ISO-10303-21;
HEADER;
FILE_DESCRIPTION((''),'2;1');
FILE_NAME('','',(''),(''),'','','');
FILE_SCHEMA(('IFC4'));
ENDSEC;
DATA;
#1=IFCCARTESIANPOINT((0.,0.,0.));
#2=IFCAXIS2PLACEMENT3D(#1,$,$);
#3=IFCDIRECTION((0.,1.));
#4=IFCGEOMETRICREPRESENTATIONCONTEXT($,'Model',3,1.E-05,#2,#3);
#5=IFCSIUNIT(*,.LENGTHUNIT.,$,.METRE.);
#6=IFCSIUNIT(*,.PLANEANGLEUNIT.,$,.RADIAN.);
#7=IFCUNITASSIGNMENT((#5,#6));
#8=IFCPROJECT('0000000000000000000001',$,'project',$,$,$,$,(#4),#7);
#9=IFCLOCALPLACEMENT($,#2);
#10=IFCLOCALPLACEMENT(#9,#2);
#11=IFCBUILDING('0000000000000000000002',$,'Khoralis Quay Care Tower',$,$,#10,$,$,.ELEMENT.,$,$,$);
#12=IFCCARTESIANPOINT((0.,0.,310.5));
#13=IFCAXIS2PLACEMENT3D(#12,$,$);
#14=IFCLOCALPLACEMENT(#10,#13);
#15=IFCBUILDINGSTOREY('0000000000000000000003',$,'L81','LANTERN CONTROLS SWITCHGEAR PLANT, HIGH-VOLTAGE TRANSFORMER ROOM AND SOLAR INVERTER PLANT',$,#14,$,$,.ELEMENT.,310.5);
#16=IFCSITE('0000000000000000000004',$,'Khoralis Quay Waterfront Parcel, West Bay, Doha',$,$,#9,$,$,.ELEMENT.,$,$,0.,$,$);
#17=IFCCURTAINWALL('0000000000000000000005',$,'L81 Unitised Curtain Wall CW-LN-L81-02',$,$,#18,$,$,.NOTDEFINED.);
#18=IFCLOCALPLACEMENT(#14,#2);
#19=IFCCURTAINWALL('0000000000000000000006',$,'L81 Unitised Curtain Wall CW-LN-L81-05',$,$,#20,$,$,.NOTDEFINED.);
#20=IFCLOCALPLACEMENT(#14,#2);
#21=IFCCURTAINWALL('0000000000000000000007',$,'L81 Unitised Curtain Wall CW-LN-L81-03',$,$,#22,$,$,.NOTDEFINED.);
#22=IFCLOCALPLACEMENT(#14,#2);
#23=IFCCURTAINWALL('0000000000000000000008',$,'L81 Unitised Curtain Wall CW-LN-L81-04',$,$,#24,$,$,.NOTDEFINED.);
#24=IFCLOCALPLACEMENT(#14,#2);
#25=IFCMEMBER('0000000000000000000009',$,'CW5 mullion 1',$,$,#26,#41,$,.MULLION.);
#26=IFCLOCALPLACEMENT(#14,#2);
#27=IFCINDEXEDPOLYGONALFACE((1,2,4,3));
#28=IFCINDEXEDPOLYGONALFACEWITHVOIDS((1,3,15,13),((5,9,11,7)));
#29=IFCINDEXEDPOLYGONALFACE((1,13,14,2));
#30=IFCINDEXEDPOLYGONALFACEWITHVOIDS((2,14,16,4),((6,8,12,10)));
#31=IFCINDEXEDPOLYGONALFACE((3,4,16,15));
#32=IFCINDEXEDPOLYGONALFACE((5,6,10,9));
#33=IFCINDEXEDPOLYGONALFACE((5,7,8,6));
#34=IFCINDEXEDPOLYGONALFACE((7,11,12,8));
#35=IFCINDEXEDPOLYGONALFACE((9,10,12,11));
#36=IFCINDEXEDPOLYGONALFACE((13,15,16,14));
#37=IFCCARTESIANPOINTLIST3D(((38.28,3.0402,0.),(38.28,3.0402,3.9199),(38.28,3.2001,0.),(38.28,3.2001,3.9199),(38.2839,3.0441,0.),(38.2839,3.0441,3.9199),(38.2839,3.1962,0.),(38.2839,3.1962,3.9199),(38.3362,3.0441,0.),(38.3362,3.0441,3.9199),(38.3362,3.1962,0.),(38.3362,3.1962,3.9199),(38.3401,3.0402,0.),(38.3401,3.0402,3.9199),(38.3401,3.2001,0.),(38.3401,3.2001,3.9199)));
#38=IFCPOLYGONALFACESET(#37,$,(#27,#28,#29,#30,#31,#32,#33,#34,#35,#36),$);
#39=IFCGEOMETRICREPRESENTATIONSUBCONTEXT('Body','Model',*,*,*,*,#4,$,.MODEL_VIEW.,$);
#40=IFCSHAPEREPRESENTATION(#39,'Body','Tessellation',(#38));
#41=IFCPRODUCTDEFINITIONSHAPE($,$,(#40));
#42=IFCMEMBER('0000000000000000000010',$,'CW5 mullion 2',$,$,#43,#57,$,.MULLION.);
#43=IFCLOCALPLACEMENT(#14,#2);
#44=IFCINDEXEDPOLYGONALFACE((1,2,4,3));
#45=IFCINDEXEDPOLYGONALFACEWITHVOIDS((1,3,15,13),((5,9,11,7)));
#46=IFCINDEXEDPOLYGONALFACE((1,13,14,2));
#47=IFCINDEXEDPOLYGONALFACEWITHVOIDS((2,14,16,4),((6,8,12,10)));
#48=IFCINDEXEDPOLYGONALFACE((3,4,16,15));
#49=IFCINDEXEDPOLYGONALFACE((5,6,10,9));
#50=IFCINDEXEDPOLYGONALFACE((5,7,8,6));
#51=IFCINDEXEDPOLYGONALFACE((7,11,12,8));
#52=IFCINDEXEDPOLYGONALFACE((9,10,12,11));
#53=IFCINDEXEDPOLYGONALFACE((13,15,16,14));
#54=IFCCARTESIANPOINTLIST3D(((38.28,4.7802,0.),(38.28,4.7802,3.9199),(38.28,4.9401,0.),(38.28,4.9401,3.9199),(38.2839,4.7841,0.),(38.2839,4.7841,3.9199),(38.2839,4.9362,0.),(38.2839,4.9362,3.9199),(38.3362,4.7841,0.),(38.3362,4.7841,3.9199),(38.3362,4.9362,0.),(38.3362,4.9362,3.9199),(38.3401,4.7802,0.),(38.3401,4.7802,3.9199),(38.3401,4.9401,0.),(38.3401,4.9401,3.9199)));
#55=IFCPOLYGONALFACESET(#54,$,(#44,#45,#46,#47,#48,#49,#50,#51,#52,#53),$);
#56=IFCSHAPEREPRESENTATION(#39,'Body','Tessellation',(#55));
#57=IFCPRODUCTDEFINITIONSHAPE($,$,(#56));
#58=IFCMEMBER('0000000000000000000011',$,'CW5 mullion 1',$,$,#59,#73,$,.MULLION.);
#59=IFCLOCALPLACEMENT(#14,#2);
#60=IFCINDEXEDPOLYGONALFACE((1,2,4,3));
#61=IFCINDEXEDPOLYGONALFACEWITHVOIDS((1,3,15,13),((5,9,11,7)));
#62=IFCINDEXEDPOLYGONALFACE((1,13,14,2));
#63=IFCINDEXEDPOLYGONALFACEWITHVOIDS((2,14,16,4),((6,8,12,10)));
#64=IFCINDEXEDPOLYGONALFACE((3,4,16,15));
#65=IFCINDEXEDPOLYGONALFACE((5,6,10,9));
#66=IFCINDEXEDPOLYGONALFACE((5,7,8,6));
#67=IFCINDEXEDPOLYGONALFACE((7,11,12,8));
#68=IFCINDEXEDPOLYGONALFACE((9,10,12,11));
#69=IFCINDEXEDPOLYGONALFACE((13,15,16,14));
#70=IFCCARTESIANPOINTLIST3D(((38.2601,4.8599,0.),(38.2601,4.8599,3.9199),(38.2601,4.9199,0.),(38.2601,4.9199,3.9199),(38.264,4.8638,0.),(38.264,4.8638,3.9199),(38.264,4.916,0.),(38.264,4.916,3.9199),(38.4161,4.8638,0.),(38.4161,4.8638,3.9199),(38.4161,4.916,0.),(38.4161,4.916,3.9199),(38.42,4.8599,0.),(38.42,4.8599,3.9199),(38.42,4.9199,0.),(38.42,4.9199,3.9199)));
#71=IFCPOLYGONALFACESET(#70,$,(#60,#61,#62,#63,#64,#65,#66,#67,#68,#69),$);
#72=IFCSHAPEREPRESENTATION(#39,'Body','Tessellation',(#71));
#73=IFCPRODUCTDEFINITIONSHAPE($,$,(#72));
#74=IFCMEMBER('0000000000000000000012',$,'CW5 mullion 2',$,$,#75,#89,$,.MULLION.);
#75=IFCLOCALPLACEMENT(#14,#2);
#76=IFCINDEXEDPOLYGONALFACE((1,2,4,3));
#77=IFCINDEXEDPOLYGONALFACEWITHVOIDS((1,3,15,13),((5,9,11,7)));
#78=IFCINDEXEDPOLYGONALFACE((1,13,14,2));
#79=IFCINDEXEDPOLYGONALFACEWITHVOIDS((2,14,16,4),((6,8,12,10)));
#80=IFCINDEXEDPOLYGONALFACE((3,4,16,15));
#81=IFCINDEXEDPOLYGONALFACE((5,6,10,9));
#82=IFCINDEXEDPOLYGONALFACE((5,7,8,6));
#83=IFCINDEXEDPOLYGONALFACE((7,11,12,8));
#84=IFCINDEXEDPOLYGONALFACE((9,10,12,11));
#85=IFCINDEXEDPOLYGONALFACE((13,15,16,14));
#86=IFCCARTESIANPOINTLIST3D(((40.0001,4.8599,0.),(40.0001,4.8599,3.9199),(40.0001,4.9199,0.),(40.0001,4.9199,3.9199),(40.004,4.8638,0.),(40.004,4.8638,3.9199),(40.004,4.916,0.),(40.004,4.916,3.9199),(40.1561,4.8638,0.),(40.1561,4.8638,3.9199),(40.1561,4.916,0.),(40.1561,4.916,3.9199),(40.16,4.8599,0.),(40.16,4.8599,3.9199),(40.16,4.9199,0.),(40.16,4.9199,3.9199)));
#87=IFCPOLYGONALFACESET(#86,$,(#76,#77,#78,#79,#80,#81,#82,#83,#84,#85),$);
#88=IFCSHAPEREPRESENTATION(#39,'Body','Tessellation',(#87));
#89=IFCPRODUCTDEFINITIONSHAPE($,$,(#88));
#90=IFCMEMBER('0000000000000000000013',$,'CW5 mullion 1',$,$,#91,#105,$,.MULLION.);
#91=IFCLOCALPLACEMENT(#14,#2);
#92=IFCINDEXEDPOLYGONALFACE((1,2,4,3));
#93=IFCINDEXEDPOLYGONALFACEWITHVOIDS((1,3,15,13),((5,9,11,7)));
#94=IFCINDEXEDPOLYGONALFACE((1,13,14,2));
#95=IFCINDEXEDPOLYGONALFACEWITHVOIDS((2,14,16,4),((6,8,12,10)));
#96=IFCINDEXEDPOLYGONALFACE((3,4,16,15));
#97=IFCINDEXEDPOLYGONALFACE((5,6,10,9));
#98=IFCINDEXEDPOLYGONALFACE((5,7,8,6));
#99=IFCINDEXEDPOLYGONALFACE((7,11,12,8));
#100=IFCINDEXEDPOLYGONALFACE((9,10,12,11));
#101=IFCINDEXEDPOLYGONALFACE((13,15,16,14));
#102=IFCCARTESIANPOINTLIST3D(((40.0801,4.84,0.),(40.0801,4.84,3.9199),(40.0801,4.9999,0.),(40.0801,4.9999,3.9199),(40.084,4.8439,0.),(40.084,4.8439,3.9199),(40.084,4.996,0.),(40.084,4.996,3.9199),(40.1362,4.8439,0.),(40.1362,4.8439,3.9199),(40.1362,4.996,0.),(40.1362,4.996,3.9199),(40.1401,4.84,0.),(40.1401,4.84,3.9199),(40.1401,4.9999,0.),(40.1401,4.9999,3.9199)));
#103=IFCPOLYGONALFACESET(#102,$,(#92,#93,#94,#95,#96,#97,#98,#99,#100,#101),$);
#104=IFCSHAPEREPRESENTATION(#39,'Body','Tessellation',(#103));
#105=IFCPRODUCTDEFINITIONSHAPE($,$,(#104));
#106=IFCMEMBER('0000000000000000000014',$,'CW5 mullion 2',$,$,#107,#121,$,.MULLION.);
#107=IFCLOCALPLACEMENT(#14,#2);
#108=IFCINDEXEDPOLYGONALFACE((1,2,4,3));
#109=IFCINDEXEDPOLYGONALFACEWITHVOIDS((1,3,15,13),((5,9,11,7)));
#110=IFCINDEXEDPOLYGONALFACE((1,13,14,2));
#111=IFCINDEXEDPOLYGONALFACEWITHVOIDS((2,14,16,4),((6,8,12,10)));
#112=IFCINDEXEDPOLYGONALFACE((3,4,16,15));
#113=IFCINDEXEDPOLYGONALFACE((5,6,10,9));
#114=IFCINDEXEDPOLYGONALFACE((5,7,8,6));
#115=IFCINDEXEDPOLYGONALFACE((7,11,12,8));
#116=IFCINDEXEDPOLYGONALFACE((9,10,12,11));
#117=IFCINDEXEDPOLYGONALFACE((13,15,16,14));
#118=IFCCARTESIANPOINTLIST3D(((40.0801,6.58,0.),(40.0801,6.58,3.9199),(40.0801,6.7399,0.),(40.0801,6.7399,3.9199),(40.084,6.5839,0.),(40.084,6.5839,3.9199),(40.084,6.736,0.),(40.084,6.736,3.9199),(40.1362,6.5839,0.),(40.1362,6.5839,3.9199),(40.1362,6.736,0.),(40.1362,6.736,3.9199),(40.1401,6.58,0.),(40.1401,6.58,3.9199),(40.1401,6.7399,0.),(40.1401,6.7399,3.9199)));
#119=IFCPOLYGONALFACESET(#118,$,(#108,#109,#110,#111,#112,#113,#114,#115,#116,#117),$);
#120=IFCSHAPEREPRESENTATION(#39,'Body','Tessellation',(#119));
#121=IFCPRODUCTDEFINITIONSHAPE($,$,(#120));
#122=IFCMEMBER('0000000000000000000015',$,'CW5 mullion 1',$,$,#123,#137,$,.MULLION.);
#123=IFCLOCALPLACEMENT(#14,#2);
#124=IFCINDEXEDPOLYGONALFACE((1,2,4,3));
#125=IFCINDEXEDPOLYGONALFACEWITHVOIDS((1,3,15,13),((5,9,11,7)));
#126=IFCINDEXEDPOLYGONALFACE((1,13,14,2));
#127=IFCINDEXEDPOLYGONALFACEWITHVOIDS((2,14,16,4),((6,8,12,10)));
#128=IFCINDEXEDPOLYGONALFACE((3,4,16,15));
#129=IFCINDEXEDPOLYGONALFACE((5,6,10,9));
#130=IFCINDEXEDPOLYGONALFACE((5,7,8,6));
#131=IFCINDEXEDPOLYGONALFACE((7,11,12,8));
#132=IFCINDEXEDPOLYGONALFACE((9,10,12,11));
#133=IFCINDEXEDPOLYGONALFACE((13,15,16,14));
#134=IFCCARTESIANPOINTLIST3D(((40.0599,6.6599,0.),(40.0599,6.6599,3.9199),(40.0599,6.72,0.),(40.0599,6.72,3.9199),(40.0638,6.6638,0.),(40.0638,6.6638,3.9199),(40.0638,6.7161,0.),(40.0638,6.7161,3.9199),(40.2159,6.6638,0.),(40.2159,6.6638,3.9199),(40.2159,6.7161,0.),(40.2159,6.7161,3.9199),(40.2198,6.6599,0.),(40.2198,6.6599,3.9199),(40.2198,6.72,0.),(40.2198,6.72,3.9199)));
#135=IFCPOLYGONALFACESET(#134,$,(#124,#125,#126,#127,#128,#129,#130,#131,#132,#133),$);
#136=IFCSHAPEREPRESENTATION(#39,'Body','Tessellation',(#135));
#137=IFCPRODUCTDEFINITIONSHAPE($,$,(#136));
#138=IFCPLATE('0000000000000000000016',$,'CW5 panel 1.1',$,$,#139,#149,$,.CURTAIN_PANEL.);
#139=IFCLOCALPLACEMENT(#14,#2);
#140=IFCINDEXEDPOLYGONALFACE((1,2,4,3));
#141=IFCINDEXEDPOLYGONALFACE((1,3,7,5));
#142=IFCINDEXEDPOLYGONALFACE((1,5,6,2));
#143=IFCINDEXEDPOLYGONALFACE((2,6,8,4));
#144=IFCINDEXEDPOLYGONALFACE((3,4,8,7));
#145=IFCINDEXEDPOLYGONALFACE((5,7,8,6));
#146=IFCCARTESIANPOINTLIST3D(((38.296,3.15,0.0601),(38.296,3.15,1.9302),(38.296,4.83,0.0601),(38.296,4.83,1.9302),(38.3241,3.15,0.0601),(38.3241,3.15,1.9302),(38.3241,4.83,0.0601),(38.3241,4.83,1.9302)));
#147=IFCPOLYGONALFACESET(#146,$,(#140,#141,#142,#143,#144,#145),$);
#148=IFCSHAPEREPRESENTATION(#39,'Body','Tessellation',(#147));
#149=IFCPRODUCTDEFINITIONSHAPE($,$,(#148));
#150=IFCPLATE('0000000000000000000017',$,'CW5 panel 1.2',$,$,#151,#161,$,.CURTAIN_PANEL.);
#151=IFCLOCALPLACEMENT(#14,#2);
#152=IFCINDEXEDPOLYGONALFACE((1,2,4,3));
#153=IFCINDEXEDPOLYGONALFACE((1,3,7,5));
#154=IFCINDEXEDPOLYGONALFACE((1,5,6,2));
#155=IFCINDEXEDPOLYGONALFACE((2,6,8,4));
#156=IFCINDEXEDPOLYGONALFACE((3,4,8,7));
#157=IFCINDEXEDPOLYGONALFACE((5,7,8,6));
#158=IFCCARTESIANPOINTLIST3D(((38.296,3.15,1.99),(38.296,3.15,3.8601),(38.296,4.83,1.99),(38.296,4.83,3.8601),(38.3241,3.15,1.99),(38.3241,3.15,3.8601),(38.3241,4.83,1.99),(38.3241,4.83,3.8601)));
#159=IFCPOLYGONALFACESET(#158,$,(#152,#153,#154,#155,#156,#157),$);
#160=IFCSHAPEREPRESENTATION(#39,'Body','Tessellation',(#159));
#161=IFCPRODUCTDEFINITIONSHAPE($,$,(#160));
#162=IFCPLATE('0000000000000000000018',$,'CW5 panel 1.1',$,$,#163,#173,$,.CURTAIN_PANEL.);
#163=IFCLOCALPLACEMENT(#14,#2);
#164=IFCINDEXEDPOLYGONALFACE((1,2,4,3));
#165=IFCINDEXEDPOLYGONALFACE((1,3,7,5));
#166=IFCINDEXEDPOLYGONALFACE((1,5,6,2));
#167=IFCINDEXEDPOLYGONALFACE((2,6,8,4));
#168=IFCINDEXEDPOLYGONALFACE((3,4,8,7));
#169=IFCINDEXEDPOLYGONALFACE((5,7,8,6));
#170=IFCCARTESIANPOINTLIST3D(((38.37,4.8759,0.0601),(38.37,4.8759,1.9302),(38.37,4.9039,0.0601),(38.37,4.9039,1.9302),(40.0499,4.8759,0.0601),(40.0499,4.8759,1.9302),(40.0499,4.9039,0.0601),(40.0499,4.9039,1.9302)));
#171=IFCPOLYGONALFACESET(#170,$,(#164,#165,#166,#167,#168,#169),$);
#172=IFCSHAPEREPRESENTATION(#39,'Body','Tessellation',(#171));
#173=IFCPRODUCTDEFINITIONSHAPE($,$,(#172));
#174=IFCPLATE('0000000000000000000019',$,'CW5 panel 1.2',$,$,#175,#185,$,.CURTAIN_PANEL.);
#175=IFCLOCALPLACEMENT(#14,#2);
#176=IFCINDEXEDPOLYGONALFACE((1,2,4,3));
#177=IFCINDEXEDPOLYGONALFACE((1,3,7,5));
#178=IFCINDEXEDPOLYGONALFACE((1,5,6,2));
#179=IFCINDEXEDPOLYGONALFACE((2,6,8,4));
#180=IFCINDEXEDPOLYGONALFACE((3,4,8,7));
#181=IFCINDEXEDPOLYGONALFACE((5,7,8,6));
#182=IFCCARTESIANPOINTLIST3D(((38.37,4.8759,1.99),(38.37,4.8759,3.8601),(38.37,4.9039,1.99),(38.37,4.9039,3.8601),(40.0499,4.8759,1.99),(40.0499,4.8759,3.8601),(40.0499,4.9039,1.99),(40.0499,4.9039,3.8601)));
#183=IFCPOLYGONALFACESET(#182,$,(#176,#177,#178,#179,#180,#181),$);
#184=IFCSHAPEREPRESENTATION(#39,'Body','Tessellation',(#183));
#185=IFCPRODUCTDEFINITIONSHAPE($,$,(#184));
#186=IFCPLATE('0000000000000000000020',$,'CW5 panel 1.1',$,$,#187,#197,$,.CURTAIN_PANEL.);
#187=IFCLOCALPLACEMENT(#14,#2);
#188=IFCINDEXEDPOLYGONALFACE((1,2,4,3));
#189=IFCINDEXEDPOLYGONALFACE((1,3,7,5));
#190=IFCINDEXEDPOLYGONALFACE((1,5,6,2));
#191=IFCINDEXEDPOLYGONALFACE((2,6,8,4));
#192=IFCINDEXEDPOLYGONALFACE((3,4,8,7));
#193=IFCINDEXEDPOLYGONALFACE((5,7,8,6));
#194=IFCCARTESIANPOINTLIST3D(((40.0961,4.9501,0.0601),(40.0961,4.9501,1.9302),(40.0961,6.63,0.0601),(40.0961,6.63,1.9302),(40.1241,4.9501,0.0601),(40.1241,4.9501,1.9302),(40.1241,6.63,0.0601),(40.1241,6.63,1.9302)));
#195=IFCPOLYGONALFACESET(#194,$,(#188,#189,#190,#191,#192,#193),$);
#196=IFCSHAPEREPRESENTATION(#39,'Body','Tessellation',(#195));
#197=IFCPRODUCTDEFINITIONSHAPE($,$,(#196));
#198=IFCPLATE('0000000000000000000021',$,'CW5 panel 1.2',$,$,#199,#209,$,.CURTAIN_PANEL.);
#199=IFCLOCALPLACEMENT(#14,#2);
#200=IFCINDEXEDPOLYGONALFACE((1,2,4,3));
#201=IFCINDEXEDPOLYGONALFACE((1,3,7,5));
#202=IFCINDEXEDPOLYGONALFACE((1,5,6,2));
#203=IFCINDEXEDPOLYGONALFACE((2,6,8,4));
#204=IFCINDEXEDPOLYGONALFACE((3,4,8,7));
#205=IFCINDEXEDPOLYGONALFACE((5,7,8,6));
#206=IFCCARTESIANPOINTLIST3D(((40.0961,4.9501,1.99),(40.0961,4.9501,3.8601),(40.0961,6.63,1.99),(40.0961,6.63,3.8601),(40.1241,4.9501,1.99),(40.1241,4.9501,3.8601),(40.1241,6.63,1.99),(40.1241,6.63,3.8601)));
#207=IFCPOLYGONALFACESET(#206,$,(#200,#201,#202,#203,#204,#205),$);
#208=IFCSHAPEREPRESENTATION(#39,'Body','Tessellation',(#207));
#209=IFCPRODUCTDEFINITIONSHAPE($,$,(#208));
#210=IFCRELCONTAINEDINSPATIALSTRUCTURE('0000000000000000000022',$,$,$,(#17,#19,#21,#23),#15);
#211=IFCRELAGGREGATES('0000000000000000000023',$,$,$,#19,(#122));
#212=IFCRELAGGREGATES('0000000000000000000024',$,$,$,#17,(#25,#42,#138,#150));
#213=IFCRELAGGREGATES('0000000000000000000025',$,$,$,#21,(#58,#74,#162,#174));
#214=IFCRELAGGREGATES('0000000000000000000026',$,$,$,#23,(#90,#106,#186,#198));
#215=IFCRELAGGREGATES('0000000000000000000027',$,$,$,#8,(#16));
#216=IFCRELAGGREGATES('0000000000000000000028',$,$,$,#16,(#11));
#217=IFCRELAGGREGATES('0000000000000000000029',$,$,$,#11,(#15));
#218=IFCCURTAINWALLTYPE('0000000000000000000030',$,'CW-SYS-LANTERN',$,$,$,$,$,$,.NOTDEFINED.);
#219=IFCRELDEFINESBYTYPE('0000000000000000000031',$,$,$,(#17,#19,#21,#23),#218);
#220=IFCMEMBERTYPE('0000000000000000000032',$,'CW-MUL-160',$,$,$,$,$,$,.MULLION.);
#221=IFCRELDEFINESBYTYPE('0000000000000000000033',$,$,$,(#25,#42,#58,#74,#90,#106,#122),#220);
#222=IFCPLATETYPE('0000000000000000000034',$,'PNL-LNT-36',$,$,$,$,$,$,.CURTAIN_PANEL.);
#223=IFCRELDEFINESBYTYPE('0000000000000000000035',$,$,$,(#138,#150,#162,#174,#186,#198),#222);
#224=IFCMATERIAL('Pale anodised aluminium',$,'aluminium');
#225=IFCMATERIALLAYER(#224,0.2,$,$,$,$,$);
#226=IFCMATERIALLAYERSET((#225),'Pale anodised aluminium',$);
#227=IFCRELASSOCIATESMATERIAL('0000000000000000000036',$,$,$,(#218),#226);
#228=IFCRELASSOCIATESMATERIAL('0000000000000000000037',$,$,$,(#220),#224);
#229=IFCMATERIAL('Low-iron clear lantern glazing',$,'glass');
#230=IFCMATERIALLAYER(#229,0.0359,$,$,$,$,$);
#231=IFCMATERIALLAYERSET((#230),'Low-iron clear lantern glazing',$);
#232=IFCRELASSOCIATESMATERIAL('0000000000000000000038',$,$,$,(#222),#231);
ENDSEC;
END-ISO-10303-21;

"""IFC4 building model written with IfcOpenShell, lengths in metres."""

from ifc_helpers import new_model, si_unit, direction, frame, origin, origin_2d, place, context, subcontext, project, spatial, rectangle, hollow_rectangle, extrude, source, transform, mapped, material, layer, layer_set, material_profile, profile_set, type_object, element, aggregate, save


model = new_model("IFC4")

# Units and contexts
model_context = context("Model", 3, precision=1e-05, world=origin(), true_north=direction((0.0, 1.0)))
body_context = subcontext(model_context, "Body", "Model", "MODEL_VIEW")
ifc_project = project(units=[si_unit("LENGTHUNIT", "METRE"), si_unit("PLANEANGLEUNIT", "RADIAN")], contexts=[model_context])

# Site, building, storey
site_placement = place(None, origin())
site = spatial("IfcSite", under=ifc_project, at=site_placement, Name="Khoralis Quay Waterfront Parcel, West Bay, Doha", CompositionType="ELEMENT", RefElevation=0.0)
building_placement = place(site_placement, origin())
building = spatial("IfcBuilding", under=site, at=building_placement, Name="Khoralis Quay Care Tower", CompositionType="ELEMENT")
storey_placement = place(building_placement, frame((0.0, 0.0, 310.5)))
storey = spatial("IfcBuildingStorey", under=building, at=storey_placement, Name="L81", Description="LANTERN CONTROLS SWITCHGEAR PLANT, HIGH-VOLTAGE TRANSFORMER ROOM AND SOLAR INVERTER PLANT", CompositionType="ELEMENT", Elevation=310.5)

# Curtain wall
ifc_material_1 = material(Name="Pale anodised aluminium", Category="aluminium")
ifc_layer_1 = layer(ifc_material_1, 0.2)
ifc_layer_set_1 = layer_set([ifc_layer_1], Name="Pale anodised aluminium")
curtain_wall_type = type_object("IfcCurtainWallType", Name="CW-SYS-LANTERN", PredefinedType="NOTDEFINED", material=ifc_layer_set_1)
curtain_wall_1_placement = place(storey_placement, origin())
curtain_wall_1 = element("IfcCurtainWall", 1, at=curtain_wall_1_placement, inside=storey, type_object=curtain_wall_type, Name="L81 Unitised Curtain Wall CW-LN-L81-02", PredefinedType="NOTDEFINED")

# Curtain wall
curtain_wall_2_placement = place(storey_placement, origin())
curtain_wall_2 = element("IfcCurtainWall", 2, at=curtain_wall_2_placement, inside=storey, type_object=curtain_wall_type, Name="L81 Unitised Curtain Wall CW-LN-L81-05", PredefinedType="NOTDEFINED")

# Curtain walls
curtain_wall_3_placement = place(storey_placement, origin())
curtain_wall_3 = element("IfcCurtainWall", 3, at=curtain_wall_3_placement, inside=storey, type_object=curtain_wall_type, Name="L81 Unitised Curtain Wall CW-LN-L81-03", PredefinedType="NOTDEFINED")
curtain_wall_4_placement = place(storey_placement, origin())
curtain_wall_4 = element("IfcCurtainWall", 4, at=curtain_wall_4_placement, inside=storey, type_object=curtain_wall_type, Name="L81 Unitised Curtain Wall CW-LN-L81-04", PredefinedType="NOTDEFINED")

# Shared definitions
ifc_material_profile_1 = material_profile(ifc_material_1, hollow_rectangle(XDim=0.0601, YDim=0.1599, WallThickness=0.0039, at=origin_2d()), Name="Pale anodised aluminium")
ifc_profile_set_1 = profile_set([ifc_material_profile_1], Name="Pale anodised aluminium")
member_type_1 = type_object("IfcMemberType", Name="CW-MUL-160", PredefinedType="MULLION", material=ifc_profile_set_1)
shared_shape_1 = source(origin(), body_context, "Body", "SweptSolid", [
    extrude(hollow_rectangle(XDim=0.0601, YDim=0.1599, WallThickness=0.0039, at=origin_2d()), origin(), (0.0, 0.0, 1.0), 3.9199),
])

# Members
member_1_placement = place(storey_placement, frame((38.3101, 3.1201, 0.0), z_axis=(0.0, 0.0, 1.0), x_axis=(-1.0, 0.0, 0.0)))
member_1 = element("IfcMember", 5, at=member_1_placement, type_object=member_type_1, Name="CW5 mullion 1", PredefinedType="MULLION", context=body_context, shape_type="MappedRepresentation", body=[
    mapped(shared_shape_1, transform((0.0, 0.0, 0.0), scale=1.0)),
])
member_2_placement = place(storey_placement, frame((38.3101, 4.8601, 0.0), z_axis=(0.0, 0.0, 1.0), x_axis=(-1.0, 0.0, 0.0)))
member_2 = element("IfcMember", 6, at=member_2_placement, type_object=member_type_1, Name="CW5 mullion 2", PredefinedType="MULLION", context=body_context, shape_type="MappedRepresentation", body=[
    mapped(shared_shape_1, transform((0.0, 0.0, 0.0), scale=1.0)),
])
member_3_placement = place(storey_placement, frame((38.3401, 4.8899, 0.0), z_axis=(0.0, 0.0, 1.0), x_axis=(0.0, 1.0, 0.0)))
member_3 = element("IfcMember", 7, at=member_3_placement, type_object=member_type_1, Name="CW5 mullion 1", PredefinedType="MULLION", context=body_context, shape_type="MappedRepresentation", body=[
    mapped(shared_shape_1, transform((0.0, 0.0, 0.0), scale=1.0)),
])
member_4_placement = place(storey_placement, frame((40.0801, 4.8899, 0.0), z_axis=(0.0, 0.0, 1.0), x_axis=(0.0, 1.0, 0.0)))
member_4 = element("IfcMember", 8, at=member_4_placement, type_object=member_type_1, Name="CW5 mullion 2", PredefinedType="MULLION", context=body_context, shape_type="MappedRepresentation", body=[
    mapped(shared_shape_1, transform((0.0, 0.0, 0.0), scale=1.0)),
])
member_5_placement = place(storey_placement, frame((40.1101, 4.9199, 0.0), z_axis=(0.0, 0.0, 1.0), x_axis=(-1.0, 0.0, 0.0)))
member_5 = element("IfcMember", 9, at=member_5_placement, type_object=member_type_1, Name="CW5 mullion 1", PredefinedType="MULLION", context=body_context, shape_type="MappedRepresentation", body=[
    mapped(shared_shape_1, transform((0.0, 0.0, 0.0), scale=1.0)),
])
member_6_placement = place(storey_placement, frame((40.1101, 6.6599, 0.0), z_axis=(0.0, 0.0, 1.0), x_axis=(-1.0, 0.0, 0.0)))
member_6 = element("IfcMember", 10, at=member_6_placement, type_object=member_type_1, Name="CW5 mullion 2", PredefinedType="MULLION", context=body_context, shape_type="MappedRepresentation", body=[
    mapped(shared_shape_1, transform((0.0, 0.0, 0.0), scale=1.0)),
])
member_7_placement = place(storey_placement, frame((40.1399, 6.6899, 0.0), z_axis=(0.0, 0.0, 1.0), x_axis=(0.0, 1.0, 0.0)))
member_7 = element("IfcMember", 11, at=member_7_placement, type_object=member_type_1, Name="CW5 mullion 1", PredefinedType="MULLION", context=body_context, shape_type="MappedRepresentation", body=[
    mapped(shared_shape_1, transform((0.0, 0.0, 0.0), scale=1.0)),
])
aggregate(curtain_wall_2, [member_7])

# Plates
ifc_material_2 = material(Name="Low-iron clear lantern glazing", Category="glass")
ifc_layer_2 = layer(ifc_material_2, 0.0359)
ifc_layer_set_2 = layer_set([ifc_layer_2], Name="Low-iron clear lantern glazing")
plate_type = type_object("IfcPlateType", Name="PNL-LNT-36", PredefinedType="CURTAIN_PANEL", material=ifc_layer_set_2)
shared_shape_2 = source(origin(), body_context, "Body", "SweptSolid", [
    extrude(rectangle(XDim=1.6799, YDim=0.0281, at=origin_2d()), origin(), (0.0, 0.0, 1.0), 1.8701),
])
plate_1_placement = place(storey_placement, frame((38.3101, 3.99, 0.0601), z_axis=(0.0, 0.0, 1.0), x_axis=(0.0, 1.0, 0.0)))
plate_1 = element("IfcPlate", 12, at=plate_1_placement, type_object=plate_type, Name="CW5 panel 1.1", PredefinedType="CURTAIN_PANEL", context=body_context, shape_type="MappedRepresentation", body=[
    mapped(shared_shape_2, transform((0.0, 0.0, 0.0), scale=1.0)),
])
plate_2_placement = place(storey_placement, frame((38.3101, 3.99, 1.99), z_axis=(0.0, 0.0, 1.0), x_axis=(0.0, 1.0, 0.0)))
plate_2 = element("IfcPlate", 13, at=plate_2_placement, type_object=plate_type, Name="CW5 panel 1.2", PredefinedType="CURTAIN_PANEL", context=body_context, shape_type="MappedRepresentation", body=[
    mapped(shared_shape_2, transform((0.0, 0.0, 0.0), scale=1.0)),
])
aggregate(curtain_wall_1, [member_1, member_2, plate_1, plate_2])
plate_3_placement = place(storey_placement, frame((39.21, 4.8899, 0.0601), z_axis=(0.0, 0.0, 1.0), x_axis=(1.0, 0.0, 0.0)))
plate_3 = element("IfcPlate", 14, at=plate_3_placement, type_object=plate_type, Name="CW5 panel 1.1", PredefinedType="CURTAIN_PANEL", context=body_context, shape_type="MappedRepresentation", body=[
    mapped(shared_shape_2, transform((0.0, 0.0, 0.0), scale=1.0)),
])
plate_4_placement = place(storey_placement, frame((39.21, 4.8899, 1.99), z_axis=(0.0, 0.0, 1.0), x_axis=(1.0, 0.0, 0.0)))
plate_4 = element("IfcPlate", 15, at=plate_4_placement, type_object=plate_type, Name="CW5 panel 1.2", PredefinedType="CURTAIN_PANEL", context=body_context, shape_type="MappedRepresentation", body=[
    mapped(shared_shape_2, transform((0.0, 0.0, 0.0), scale=1.0)),
])
aggregate(curtain_wall_3, [member_3, member_4, plate_3, plate_4])
plate_5_placement = place(storey_placement, frame((40.1101, 5.79, 0.0601), z_axis=(0.0, 0.0, 1.0), x_axis=(0.0, 1.0, 0.0)))
plate_5 = element("IfcPlate", 16, at=plate_5_placement, type_object=plate_type, Name="CW5 panel 1.1", PredefinedType="CURTAIN_PANEL", context=body_context, shape_type="MappedRepresentation", body=[
    mapped(shared_shape_2, transform((0.0, 0.0, 0.0), scale=1.0)),
])
plate_6_placement = place(storey_placement, frame((40.1101, 5.79, 1.99), z_axis=(0.0, 0.0, 1.0), x_axis=(0.0, 1.0, 0.0)))
plate_6 = element("IfcPlate", 17, at=plate_6_placement, type_object=plate_type, Name="CW5 panel 1.2", PredefinedType="CURTAIN_PANEL", context=body_context, shape_type="MappedRepresentation", body=[
    mapped(shared_shape_2, transform((0.0, 0.0, 0.0), scale=1.0)),
])
aggregate(curtain_wall_4, [member_5, member_6, plate_5, plate_6])

save(model, "model.ifc")
